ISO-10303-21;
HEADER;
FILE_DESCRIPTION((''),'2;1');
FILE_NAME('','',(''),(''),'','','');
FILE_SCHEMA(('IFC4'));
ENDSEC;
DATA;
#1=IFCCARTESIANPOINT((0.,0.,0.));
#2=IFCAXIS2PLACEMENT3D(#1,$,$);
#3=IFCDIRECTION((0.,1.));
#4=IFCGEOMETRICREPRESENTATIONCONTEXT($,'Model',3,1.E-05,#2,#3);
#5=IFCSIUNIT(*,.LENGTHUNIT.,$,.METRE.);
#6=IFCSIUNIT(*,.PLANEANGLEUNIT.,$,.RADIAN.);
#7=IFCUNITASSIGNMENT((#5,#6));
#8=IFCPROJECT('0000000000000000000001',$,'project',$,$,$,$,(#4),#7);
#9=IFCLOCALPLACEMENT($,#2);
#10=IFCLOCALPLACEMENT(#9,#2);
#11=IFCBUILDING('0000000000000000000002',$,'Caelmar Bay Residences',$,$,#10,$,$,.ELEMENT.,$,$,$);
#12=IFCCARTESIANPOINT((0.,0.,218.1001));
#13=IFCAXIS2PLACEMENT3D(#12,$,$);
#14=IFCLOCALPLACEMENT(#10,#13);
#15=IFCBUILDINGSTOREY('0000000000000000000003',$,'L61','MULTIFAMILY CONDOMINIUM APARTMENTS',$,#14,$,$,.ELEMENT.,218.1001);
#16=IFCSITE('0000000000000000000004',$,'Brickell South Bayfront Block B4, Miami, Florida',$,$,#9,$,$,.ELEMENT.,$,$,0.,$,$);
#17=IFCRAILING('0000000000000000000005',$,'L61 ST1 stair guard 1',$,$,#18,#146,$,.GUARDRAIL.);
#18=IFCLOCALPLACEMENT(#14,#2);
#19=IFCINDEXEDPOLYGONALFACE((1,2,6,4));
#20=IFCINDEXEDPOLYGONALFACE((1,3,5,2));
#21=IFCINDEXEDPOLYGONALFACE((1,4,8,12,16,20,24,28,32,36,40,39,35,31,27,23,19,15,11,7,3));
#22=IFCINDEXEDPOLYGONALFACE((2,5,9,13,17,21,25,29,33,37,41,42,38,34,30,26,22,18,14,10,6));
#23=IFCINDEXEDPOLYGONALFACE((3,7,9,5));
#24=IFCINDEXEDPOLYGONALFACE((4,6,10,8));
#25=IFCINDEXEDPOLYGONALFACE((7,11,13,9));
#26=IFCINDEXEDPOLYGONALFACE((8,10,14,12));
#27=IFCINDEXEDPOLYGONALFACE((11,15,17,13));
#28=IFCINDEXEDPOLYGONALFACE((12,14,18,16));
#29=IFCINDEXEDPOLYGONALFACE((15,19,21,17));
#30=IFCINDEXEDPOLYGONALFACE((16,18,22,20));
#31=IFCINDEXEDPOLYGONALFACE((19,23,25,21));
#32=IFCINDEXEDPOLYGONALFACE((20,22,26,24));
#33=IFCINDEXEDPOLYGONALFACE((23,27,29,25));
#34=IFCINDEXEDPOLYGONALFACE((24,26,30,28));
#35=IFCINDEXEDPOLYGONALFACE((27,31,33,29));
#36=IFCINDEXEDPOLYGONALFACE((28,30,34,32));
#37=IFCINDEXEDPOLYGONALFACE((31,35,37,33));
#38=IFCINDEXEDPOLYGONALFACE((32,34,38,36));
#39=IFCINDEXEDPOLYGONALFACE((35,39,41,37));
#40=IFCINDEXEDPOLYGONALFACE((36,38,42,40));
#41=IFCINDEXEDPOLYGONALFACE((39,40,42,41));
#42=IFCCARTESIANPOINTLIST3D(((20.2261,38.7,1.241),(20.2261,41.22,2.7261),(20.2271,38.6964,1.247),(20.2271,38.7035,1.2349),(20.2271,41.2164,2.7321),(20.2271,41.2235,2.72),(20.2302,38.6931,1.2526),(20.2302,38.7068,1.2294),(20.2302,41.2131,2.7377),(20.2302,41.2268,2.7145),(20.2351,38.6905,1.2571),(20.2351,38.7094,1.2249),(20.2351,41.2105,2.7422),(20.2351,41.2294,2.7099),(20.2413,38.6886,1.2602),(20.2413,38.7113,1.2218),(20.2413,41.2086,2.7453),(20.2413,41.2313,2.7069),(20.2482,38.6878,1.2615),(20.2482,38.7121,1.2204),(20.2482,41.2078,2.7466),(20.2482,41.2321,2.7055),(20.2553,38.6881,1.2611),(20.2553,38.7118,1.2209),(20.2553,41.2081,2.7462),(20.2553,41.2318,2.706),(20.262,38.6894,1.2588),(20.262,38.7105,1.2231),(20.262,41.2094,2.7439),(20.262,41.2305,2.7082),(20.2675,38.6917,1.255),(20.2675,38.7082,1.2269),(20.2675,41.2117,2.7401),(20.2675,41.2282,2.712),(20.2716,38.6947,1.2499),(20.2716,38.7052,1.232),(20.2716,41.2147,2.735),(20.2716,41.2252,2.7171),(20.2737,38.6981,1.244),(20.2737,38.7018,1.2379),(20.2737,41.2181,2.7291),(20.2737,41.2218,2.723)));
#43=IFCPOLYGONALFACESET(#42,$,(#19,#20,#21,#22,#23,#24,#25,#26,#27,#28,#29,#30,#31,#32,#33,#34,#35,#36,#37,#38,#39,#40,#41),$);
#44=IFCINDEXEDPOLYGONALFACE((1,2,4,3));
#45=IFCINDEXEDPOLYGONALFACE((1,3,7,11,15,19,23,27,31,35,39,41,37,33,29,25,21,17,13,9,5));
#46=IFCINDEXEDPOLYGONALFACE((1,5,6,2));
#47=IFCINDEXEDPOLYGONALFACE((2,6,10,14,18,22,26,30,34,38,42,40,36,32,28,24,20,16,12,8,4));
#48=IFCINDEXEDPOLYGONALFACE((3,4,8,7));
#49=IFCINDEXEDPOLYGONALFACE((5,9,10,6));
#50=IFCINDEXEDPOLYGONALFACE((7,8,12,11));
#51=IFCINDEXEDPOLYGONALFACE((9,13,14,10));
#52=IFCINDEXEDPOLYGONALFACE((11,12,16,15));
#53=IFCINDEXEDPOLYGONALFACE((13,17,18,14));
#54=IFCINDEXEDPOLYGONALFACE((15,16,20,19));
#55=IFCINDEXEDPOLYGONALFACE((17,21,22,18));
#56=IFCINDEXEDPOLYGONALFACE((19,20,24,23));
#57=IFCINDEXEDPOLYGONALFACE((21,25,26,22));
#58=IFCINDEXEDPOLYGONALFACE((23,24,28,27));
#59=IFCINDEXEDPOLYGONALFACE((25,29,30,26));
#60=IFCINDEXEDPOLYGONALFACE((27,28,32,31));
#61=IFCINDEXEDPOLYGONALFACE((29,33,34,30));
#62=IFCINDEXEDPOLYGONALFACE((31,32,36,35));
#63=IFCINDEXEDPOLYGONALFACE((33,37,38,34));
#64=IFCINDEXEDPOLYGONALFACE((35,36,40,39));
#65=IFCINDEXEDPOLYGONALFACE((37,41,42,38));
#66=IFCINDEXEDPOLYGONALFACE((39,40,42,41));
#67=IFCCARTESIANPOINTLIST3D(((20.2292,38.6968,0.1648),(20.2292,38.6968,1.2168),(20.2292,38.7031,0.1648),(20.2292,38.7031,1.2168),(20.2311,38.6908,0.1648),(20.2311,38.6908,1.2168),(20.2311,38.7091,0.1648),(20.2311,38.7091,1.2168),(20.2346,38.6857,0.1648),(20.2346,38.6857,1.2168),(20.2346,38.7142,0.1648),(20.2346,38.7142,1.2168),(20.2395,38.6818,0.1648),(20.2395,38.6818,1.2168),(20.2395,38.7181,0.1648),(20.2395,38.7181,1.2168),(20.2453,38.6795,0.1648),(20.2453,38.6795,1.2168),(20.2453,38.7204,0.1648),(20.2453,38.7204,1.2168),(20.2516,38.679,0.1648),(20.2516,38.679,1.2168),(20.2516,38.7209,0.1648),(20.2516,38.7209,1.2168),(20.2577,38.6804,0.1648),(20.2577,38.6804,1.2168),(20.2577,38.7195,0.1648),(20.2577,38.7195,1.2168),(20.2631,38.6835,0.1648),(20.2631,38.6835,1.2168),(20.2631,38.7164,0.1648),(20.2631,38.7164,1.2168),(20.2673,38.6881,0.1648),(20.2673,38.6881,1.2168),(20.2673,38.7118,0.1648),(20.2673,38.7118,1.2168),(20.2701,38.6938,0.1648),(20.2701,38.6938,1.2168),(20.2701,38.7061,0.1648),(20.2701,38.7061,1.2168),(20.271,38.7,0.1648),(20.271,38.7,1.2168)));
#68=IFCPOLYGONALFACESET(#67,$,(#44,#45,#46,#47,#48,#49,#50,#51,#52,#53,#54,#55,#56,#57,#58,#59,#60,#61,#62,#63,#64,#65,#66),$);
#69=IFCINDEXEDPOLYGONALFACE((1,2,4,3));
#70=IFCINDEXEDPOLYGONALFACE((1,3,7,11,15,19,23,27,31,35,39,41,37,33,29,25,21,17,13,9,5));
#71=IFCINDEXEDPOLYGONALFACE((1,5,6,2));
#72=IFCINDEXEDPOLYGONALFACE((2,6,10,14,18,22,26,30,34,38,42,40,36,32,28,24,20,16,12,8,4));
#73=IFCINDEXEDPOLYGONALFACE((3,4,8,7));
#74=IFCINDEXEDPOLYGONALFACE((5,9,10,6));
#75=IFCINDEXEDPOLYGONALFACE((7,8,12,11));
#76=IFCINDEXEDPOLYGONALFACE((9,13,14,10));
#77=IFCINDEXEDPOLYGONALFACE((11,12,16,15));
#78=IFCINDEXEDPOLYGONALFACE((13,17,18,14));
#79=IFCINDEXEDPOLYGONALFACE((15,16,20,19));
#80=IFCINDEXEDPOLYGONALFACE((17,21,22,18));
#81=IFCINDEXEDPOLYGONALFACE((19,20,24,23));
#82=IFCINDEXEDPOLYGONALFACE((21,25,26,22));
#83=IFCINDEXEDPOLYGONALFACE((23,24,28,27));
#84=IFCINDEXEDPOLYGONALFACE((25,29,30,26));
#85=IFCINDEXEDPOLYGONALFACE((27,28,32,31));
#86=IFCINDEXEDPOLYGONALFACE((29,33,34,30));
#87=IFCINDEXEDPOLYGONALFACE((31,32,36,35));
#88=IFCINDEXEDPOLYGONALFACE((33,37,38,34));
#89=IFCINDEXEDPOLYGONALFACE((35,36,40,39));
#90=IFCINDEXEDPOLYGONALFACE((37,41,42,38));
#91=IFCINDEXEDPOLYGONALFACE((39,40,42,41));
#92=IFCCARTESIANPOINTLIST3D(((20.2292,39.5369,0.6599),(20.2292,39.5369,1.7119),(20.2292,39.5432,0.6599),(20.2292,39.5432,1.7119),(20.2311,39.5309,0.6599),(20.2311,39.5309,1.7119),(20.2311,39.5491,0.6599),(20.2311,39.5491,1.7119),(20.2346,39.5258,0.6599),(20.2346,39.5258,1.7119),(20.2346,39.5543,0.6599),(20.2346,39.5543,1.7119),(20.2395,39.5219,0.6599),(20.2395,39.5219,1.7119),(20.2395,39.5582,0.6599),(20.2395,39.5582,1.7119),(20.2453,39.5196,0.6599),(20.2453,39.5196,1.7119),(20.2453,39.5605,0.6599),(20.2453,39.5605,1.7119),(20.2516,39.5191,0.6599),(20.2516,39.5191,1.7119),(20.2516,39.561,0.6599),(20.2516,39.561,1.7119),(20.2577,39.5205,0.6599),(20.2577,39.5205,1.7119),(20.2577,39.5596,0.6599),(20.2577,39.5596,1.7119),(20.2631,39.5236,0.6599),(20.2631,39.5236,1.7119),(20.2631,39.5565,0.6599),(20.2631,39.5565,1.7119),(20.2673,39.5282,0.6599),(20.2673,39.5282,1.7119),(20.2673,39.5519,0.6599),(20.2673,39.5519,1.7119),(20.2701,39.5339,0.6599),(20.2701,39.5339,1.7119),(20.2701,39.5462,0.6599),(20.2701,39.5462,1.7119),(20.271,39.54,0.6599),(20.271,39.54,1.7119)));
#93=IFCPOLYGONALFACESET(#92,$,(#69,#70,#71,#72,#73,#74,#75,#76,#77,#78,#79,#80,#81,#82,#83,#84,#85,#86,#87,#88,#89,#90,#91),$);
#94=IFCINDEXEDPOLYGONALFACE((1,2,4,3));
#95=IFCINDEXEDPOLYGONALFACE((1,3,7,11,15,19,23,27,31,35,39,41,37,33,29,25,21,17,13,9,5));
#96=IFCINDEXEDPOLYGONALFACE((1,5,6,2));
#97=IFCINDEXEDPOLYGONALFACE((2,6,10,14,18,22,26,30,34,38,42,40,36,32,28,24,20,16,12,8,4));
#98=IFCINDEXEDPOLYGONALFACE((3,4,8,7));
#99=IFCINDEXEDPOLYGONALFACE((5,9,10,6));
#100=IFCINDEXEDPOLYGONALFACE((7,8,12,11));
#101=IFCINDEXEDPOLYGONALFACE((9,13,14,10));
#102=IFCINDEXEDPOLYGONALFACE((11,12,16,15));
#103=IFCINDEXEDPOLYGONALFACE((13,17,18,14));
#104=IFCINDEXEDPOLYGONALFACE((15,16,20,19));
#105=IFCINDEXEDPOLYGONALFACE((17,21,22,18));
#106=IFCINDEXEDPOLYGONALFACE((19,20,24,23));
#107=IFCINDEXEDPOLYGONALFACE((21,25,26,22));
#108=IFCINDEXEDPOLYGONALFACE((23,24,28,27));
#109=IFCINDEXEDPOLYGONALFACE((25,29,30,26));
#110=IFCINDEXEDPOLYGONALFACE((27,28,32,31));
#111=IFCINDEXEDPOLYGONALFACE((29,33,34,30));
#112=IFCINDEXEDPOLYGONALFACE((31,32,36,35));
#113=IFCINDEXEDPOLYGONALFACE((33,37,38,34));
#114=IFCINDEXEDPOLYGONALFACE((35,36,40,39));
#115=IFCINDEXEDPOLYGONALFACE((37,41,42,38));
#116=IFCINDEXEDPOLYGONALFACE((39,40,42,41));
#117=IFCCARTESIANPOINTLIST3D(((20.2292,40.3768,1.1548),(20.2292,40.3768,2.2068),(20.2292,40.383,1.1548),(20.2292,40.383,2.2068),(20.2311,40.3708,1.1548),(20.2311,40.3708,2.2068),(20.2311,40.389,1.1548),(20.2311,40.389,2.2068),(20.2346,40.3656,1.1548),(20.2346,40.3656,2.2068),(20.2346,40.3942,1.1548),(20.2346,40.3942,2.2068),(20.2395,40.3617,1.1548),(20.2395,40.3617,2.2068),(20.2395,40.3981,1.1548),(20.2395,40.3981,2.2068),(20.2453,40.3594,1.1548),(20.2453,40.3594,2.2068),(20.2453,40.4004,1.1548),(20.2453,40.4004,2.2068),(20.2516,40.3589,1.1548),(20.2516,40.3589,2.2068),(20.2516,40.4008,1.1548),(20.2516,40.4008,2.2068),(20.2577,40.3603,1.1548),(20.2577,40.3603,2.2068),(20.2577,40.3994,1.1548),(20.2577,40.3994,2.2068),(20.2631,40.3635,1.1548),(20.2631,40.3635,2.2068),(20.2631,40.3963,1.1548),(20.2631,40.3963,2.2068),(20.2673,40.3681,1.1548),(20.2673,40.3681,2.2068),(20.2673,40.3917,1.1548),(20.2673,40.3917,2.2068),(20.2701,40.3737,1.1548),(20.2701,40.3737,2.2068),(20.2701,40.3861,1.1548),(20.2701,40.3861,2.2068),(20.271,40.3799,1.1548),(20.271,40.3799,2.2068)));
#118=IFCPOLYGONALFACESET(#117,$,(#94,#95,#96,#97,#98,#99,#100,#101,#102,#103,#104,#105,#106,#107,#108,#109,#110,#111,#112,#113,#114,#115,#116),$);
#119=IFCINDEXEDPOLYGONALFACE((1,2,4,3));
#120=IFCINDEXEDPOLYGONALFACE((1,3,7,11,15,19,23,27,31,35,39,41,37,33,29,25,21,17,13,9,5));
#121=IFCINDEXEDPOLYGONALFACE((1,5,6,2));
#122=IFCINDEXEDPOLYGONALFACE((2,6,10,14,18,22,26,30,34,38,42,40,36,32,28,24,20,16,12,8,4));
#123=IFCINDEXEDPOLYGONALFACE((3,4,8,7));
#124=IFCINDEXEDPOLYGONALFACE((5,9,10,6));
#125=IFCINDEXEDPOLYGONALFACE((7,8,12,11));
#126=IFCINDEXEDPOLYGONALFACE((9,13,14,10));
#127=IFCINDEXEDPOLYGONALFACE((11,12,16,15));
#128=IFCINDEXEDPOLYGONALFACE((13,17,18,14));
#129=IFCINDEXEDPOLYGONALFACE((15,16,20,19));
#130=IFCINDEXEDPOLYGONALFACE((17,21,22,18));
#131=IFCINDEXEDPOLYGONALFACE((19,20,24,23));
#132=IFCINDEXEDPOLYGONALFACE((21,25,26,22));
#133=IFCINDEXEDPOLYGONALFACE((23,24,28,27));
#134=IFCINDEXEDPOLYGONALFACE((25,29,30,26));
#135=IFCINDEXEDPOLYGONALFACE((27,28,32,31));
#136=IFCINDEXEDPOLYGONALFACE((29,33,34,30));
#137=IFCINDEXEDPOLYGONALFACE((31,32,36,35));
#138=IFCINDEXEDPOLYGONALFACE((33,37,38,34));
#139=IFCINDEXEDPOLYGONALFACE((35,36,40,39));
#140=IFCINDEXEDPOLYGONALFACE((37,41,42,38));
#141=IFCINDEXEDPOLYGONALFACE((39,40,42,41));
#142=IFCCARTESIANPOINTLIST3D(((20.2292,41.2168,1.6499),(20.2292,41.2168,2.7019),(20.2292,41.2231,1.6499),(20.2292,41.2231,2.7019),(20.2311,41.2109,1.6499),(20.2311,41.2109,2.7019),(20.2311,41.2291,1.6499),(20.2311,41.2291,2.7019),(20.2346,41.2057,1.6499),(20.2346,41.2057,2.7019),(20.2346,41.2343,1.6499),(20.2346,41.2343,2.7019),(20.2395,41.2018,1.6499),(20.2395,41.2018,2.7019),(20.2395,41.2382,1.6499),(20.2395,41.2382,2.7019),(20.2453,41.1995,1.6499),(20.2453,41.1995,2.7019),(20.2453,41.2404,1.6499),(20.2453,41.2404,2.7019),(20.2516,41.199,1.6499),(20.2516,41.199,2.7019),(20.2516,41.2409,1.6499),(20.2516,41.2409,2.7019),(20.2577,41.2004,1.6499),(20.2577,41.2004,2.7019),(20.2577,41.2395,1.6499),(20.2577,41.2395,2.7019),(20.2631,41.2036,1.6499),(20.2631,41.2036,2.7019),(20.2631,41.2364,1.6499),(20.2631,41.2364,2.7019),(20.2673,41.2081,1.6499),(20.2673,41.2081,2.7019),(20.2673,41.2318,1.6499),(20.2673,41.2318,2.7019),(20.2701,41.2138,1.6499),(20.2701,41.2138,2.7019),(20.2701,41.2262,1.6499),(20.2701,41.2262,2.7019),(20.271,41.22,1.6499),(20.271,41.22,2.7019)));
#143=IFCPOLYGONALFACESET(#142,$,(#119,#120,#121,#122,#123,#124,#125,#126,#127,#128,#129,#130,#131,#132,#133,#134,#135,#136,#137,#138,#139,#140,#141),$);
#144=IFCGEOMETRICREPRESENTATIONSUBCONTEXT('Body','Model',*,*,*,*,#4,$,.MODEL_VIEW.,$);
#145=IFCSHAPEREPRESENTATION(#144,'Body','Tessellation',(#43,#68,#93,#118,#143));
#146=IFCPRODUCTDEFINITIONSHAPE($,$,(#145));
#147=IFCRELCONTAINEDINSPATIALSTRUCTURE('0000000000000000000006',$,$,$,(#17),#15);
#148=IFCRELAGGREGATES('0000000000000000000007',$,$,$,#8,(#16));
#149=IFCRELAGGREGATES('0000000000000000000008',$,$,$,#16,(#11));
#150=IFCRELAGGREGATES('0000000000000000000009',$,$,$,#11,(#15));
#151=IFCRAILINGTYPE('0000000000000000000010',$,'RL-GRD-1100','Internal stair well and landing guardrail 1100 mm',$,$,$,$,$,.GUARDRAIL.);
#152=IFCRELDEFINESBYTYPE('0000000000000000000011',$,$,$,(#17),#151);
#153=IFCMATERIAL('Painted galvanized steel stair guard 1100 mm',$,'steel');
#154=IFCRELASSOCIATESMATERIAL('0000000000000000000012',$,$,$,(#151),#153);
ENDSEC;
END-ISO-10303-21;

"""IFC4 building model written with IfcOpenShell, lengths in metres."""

from ifc_helpers import new_model, si_unit, direction, frame, origin, origin_2d, place, context, subcontext, project, spatial, circle, extrude, material, type_object, element, save


model = new_model("IFC4")

# Units and contexts
model_context = context("Model", 3, precision=1e-05, world=origin(), true_north=direction((0.0, 1.0)))
body_context = subcontext(model_context, "Body", "Model", "MODEL_VIEW")
ifc_project = project(units=[si_unit("LENGTHUNIT", "METRE"), si_unit("PLANEANGLEUNIT", "RADIAN")], contexts=[model_context])

# Site, building, storey
site_placement = place(None, origin())
site = spatial("IfcSite", under=ifc_project, at=site_placement, Name="Brickell South Bayfront Block B4, Miami, Florida", CompositionType="ELEMENT", RefElevation=0.0)
building_placement = place(site_placement, origin())
building = spatial("IfcBuilding", under=site, at=building_placement, Name="Caelmar Bay Residences", CompositionType="ELEMENT")
storey_placement = place(building_placement, frame((0.0, 0.0, 218.1001)))
storey = spatial("IfcBuildingStorey", under=building, at=storey_placement, Name="L61", Description="MULTIFAMILY CONDOMINIUM APARTMENTS", CompositionType="ELEMENT", Elevation=218.1001)

# Railing
ifc_material_1 = material(Name="Painted galvanized steel stair guard 1100 mm", Category="steel")
railing_type_1 = type_object("IfcRailingType", Name="RL-GRD-1100", Description="Internal stair well and landing guardrail 1100 mm", PredefinedType="GUARDRAIL", material=ifc_material_1)
railing_1_placement = place(storey_placement, frame((20.25, 38.7, 0.1648)))
element("IfcRailing", 1, at=railing_1_placement, inside=storey, type_object=railing_type_1, Name="L61 ST1 stair guard 1", PredefinedType="GUARDRAIL", context=body_context, shape_type="SweptSolid", body=[
    extrude(circle(Radius=0.0239, at=origin_2d()), frame((0.0, 0.0, 1.0762), z_axis=(0.0, 0.861524, 0.507717), x_axis=(-1.0, 0.0, 0.0)), (0.0, 0.0, 1.0), 2.925),
    extrude(circle(Radius=0.021, at=origin_2d()), origin(), (0.0, 0.0, 1.0), 1.052),
    extrude(circle(Radius=0.021, at=origin_2d()), frame((0.0, 0.8401, 0.4951)), (0.0, 0.0, 1.0), 1.052),
    extrude(circle(Radius=0.021, at=origin_2d()), frame((0.0, 1.6799, 0.99)), (0.0, 0.0, 1.0), 1.052),
    extrude(circle(Radius=0.021, at=origin_2d()), frame((0.0, 2.52, 1.4851)), (0.0, 0.0, 1.0), 1.052),
])

save(model, "model.ifc")
